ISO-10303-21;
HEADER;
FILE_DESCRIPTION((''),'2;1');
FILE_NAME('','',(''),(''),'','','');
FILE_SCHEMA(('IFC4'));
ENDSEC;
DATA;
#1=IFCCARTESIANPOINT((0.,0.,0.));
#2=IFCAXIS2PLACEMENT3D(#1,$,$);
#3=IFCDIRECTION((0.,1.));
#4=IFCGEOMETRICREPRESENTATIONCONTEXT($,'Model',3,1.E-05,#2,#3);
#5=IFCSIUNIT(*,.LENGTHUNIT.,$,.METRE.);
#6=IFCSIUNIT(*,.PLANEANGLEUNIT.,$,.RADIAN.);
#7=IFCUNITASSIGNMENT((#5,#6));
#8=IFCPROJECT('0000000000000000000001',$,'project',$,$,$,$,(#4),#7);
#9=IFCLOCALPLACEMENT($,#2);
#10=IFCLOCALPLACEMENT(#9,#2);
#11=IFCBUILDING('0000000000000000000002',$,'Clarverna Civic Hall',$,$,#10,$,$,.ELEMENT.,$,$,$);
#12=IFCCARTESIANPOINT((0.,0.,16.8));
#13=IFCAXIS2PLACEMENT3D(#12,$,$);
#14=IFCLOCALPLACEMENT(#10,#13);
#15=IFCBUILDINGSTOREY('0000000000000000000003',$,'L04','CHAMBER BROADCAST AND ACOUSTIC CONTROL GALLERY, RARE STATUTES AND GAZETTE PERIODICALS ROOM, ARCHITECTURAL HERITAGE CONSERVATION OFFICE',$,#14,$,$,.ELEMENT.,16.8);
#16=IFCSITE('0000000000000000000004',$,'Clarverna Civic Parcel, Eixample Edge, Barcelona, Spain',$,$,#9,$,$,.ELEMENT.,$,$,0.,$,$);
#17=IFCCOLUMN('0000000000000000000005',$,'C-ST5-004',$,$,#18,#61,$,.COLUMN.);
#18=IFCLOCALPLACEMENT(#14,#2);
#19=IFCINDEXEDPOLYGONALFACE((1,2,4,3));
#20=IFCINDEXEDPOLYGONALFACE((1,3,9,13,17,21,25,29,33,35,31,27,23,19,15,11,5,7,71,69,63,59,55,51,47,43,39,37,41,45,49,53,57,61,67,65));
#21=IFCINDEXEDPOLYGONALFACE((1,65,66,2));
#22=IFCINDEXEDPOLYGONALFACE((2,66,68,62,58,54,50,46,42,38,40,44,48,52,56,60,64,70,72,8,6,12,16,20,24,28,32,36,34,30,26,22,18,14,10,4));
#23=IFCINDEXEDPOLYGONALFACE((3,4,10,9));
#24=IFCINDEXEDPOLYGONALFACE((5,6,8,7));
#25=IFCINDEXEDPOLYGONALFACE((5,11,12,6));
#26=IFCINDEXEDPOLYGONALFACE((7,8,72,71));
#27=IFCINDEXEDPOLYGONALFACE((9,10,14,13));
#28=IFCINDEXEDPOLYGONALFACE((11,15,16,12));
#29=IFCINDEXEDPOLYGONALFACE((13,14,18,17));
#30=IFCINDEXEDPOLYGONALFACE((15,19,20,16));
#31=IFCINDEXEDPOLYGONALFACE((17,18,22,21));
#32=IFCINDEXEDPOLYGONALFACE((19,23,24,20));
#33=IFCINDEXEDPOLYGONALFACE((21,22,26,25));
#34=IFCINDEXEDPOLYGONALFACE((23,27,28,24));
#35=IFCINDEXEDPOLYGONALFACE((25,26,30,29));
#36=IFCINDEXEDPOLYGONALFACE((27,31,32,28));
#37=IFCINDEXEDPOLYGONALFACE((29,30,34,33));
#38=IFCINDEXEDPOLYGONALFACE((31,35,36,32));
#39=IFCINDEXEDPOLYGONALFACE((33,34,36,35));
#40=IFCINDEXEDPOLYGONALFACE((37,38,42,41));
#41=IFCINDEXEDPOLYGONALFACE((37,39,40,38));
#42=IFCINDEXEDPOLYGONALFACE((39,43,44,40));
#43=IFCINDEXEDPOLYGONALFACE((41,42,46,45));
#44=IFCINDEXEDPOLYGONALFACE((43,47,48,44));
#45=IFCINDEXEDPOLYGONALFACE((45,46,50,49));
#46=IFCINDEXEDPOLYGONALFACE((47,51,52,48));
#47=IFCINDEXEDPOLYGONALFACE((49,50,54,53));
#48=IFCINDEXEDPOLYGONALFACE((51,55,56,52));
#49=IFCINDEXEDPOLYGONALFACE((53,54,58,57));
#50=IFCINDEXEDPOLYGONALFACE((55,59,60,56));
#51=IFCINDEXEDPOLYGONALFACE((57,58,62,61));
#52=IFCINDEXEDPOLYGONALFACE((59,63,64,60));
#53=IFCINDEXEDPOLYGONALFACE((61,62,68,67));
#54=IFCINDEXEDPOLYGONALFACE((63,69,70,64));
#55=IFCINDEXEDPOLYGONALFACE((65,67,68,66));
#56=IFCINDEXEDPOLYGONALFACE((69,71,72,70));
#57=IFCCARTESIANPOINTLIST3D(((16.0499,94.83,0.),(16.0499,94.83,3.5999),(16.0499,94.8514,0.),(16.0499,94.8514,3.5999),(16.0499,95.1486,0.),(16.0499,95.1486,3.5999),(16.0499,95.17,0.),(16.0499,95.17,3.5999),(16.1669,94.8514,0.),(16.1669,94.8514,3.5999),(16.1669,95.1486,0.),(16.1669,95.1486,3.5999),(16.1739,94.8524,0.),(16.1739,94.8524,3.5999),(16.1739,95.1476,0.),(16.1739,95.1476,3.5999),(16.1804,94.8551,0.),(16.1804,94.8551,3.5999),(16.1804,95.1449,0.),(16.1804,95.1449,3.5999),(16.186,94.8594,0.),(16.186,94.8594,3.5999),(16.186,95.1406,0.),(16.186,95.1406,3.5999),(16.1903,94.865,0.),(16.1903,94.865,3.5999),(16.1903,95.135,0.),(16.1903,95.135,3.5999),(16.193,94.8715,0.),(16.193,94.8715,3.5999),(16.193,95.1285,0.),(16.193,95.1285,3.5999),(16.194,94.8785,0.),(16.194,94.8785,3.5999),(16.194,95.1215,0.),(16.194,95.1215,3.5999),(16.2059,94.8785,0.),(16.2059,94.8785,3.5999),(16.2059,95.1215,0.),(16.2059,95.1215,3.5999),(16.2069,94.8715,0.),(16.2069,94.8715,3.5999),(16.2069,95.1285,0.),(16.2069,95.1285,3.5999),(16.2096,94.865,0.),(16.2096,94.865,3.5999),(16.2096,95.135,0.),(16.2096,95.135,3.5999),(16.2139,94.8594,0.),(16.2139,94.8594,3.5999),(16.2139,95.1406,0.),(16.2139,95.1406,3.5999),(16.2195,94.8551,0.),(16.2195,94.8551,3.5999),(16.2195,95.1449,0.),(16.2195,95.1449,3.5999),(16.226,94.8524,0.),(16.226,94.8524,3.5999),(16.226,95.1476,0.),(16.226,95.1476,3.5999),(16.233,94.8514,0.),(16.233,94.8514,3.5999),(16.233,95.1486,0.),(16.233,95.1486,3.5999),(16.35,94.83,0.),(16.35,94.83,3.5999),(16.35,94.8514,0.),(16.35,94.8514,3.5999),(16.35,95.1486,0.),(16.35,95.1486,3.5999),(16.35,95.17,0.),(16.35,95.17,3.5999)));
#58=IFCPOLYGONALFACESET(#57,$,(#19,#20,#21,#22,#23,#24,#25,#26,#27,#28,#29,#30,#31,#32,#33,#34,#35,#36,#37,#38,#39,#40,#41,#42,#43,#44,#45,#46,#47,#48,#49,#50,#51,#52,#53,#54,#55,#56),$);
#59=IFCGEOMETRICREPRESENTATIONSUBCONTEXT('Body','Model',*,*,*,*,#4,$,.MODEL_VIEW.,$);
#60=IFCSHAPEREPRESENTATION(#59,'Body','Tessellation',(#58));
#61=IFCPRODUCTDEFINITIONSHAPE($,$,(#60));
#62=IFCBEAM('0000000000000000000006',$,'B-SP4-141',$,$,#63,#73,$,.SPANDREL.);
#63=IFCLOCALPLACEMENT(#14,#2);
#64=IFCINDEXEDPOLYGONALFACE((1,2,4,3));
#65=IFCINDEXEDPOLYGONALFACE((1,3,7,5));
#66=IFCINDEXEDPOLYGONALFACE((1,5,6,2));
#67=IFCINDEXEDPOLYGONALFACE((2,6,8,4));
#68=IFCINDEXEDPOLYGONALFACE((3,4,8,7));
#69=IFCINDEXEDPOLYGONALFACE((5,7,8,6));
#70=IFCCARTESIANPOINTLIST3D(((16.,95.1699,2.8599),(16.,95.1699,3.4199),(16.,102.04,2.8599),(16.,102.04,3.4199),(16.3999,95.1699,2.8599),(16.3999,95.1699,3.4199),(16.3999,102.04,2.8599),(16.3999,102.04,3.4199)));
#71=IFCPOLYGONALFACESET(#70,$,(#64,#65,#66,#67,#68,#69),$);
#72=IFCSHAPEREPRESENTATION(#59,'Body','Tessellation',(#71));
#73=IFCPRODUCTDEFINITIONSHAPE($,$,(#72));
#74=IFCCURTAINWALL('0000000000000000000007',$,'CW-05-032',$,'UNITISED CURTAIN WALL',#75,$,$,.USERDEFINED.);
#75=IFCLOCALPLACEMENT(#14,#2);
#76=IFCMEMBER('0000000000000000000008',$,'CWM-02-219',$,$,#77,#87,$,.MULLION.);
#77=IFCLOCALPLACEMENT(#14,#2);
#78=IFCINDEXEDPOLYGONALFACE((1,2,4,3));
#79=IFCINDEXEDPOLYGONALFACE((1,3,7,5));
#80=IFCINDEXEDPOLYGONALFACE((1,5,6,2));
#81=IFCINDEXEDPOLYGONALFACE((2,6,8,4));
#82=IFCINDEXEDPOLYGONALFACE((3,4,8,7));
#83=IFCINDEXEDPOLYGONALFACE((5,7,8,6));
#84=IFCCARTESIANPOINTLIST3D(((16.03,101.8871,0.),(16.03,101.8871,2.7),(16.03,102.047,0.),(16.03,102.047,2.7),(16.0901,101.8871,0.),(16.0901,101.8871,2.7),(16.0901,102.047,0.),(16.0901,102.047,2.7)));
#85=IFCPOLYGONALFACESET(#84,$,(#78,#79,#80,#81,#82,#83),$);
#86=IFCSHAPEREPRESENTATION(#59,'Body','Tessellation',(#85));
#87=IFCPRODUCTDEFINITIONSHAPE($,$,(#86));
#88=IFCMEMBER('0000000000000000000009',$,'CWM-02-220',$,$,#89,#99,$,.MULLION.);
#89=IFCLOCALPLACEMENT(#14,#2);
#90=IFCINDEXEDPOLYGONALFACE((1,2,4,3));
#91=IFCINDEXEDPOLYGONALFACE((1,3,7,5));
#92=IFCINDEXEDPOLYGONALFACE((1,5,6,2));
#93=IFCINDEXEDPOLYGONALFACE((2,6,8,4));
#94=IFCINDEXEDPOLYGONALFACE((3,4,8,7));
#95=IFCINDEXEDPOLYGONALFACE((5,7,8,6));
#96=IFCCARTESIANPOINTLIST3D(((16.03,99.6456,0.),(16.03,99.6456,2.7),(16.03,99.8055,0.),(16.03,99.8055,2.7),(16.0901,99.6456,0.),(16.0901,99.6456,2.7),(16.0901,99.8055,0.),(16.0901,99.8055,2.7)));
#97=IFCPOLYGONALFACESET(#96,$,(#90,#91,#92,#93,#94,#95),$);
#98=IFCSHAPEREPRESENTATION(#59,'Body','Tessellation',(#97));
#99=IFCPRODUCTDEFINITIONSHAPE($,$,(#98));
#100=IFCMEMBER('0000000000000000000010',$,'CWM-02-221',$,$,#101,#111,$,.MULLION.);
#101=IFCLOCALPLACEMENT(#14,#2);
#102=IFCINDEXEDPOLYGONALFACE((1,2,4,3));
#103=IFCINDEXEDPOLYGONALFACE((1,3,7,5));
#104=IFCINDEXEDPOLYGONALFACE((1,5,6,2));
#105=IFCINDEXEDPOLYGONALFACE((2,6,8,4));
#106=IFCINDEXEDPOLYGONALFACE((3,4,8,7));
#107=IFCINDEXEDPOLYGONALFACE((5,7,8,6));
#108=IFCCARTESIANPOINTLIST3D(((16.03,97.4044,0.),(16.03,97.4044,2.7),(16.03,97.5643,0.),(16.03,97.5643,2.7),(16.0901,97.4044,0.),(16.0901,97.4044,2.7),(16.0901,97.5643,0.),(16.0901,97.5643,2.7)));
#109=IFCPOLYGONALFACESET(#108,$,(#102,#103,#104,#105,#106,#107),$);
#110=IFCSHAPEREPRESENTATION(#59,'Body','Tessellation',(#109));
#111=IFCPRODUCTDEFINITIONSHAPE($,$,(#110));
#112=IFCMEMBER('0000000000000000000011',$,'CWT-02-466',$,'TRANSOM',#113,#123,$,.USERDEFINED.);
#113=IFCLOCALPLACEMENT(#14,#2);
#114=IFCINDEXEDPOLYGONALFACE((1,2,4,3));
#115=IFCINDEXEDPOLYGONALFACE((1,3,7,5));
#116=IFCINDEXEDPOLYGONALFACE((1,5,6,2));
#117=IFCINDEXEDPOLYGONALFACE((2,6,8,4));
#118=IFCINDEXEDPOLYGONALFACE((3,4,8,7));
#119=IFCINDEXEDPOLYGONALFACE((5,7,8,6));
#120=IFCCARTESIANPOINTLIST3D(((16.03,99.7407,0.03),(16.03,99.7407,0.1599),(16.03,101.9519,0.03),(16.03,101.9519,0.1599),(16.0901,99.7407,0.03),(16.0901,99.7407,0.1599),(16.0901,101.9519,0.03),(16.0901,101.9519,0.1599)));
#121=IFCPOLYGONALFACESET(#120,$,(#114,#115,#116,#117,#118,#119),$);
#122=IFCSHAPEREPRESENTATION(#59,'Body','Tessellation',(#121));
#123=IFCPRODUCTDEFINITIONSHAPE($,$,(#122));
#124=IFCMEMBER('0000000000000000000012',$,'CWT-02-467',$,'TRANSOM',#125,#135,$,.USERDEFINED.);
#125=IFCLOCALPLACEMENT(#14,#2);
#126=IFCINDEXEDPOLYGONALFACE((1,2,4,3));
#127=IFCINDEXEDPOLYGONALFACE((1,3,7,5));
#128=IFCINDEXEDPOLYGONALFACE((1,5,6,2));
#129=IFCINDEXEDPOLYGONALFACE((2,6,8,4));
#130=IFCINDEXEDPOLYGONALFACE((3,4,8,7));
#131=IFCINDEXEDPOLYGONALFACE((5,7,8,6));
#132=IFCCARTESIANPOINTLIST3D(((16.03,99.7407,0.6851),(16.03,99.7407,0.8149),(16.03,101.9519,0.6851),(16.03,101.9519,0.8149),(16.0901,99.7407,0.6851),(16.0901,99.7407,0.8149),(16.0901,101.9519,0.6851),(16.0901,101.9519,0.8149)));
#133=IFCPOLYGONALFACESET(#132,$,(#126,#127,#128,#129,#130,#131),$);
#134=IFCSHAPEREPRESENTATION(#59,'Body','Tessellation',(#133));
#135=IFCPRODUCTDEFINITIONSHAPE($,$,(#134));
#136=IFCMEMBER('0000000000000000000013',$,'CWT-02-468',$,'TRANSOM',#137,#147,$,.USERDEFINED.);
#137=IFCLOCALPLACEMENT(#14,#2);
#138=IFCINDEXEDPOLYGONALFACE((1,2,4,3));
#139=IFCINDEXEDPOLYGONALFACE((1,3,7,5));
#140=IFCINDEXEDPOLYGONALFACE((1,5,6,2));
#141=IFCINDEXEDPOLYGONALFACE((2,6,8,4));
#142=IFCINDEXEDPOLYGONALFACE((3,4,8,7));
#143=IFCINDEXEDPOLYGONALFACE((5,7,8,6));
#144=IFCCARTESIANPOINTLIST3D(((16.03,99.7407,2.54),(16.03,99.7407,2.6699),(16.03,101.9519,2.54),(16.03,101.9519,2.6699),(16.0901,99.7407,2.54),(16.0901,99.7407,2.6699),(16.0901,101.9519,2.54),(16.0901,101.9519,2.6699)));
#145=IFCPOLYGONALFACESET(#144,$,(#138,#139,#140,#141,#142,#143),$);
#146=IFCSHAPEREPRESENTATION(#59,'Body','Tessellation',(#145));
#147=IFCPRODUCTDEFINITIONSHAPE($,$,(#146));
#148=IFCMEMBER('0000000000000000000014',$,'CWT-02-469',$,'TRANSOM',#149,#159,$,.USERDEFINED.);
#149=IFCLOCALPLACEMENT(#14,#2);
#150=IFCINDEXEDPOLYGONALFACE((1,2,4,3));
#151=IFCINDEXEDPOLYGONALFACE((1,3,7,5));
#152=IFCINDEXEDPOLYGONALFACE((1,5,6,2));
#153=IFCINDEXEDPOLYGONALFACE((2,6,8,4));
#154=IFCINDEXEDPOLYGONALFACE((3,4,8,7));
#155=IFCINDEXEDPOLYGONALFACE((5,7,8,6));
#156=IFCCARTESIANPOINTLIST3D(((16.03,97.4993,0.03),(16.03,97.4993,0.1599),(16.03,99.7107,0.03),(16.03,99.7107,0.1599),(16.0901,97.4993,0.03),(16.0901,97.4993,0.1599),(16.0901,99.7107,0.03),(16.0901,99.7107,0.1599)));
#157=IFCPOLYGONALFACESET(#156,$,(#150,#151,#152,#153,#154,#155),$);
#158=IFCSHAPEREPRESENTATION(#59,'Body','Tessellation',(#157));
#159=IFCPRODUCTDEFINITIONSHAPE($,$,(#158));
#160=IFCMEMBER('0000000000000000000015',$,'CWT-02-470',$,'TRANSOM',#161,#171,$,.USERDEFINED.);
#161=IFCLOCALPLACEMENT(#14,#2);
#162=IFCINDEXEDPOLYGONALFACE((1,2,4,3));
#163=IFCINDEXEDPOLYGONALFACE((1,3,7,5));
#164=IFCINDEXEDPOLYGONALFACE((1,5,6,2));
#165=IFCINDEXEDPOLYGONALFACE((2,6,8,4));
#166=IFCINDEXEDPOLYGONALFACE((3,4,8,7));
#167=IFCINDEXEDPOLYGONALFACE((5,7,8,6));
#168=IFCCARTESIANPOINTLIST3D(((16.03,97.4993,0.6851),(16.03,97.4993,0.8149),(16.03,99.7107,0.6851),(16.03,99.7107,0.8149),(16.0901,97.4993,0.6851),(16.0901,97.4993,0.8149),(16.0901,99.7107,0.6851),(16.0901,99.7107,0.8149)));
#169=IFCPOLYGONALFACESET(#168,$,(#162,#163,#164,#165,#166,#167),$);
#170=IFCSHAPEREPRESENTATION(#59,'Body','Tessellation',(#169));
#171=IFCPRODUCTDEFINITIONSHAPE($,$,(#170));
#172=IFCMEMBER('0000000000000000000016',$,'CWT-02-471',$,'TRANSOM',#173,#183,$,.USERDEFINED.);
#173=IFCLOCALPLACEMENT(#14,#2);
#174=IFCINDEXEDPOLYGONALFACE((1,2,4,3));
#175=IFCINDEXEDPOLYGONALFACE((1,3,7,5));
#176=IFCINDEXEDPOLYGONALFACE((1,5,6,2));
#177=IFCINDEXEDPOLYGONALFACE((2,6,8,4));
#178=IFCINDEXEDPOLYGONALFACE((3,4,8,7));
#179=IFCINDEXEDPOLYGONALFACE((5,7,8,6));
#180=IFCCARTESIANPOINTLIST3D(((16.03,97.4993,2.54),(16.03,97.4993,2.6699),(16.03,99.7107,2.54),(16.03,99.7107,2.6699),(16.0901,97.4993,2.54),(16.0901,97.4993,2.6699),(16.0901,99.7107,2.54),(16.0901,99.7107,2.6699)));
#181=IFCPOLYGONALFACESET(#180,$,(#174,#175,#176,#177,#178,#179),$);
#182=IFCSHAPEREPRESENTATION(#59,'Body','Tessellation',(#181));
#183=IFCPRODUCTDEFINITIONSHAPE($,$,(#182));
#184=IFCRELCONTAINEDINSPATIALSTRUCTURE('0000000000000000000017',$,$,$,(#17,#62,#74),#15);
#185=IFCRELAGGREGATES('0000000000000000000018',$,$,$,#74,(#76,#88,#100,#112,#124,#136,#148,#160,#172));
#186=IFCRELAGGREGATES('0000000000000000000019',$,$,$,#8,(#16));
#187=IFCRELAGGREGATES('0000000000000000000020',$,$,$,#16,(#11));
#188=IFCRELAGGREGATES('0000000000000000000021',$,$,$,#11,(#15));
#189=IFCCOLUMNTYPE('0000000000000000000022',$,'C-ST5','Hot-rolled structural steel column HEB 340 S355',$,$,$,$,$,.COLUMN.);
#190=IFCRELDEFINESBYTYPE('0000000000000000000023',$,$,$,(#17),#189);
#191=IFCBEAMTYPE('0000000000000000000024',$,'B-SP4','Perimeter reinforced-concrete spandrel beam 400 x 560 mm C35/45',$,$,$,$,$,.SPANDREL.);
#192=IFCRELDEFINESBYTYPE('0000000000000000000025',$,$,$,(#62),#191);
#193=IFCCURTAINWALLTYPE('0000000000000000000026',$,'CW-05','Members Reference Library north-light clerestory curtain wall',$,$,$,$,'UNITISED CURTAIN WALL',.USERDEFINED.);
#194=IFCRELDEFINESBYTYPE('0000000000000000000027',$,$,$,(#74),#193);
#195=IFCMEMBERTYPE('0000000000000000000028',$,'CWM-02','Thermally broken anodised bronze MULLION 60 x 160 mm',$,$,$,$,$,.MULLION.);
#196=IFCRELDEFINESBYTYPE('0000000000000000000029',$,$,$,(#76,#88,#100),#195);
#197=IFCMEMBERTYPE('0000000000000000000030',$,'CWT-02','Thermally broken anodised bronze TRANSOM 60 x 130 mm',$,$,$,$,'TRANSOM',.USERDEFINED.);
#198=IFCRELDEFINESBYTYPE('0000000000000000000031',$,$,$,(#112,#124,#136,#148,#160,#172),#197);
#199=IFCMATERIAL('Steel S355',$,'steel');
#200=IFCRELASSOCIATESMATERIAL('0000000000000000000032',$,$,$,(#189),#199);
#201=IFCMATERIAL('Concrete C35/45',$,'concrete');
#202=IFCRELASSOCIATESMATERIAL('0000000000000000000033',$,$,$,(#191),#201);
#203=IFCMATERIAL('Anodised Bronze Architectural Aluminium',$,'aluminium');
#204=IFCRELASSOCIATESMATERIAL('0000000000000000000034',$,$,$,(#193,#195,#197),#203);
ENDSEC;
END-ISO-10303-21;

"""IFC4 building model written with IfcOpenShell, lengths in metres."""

from ifc_helpers import new_model, si_unit, direction, frame, origin, origin_2d, place, context, subcontext, project, spatial, rectangle, i_section, extrude, material, material_profile, profile_set, type_object, element, aggregate, save


model = new_model("IFC4")

# Units and contexts
model_context = context("Model", 3, precision=1e-05, world=origin(), true_north=direction((0.0, 1.0)))
body_context = subcontext(model_context, "Body", "Model", "MODEL_VIEW")
ifc_project = project(units=[si_unit("LENGTHUNIT", "METRE"), si_unit("PLANEANGLEUNIT", "RADIAN")], contexts=[model_context])

# Site, building, storey
site_placement = place(None, origin())
site = spatial("IfcSite", under=ifc_project, at=site_placement, Name="Clarverna Civic Parcel, Eixample Edge, Barcelona, Spain", CompositionType="ELEMENT", RefElevation=0.0)
building_placement = place(site_placement, origin())
building = spatial("IfcBuilding", under=site, at=building_placement, Name="Clarverna Civic Hall", CompositionType="ELEMENT")
storey_placement = place(building_placement, frame((0.0, 0.0, 16.8)))
storey = spatial("IfcBuildingStorey", under=building, at=storey_placement, Name="L04", Description="CHAMBER BROADCAST AND ACOUSTIC CONTROL GALLERY, RARE STATUTES AND GAZETTE PERIODICALS ROOM, ARCHITECTURAL HERITAGE CONSERVATION OFFICE", CompositionType="ELEMENT", Elevation=16.8)

# Column
ifc_material_1 = material(Name="Steel S355", Category="steel")
ifc_material_profile_1 = material_profile(ifc_material_1, i_section(OverallWidth=0.3, OverallDepth=0.3401, WebThickness=0.012, FlangeThickness=0.0215, FilletRadius=0.0271, at=origin_2d()), Name="HEB 340")
ifc_profile_set_1 = profile_set([ifc_material_profile_1], Name="Steel S355")
column_type = type_object("IfcColumnType", Name="C-ST5", Description="Hot-rolled structural steel column HEB 340 S355", PredefinedType="COLUMN", material=ifc_profile_set_1)
column_placement = place(storey_placement, frame((16.2, 95.0, 0.0), z_axis=(0.0, 0.0, 1.0), x_axis=(1.0, 0.0, 0.0)))
element("IfcColumn", 1, at=column_placement, inside=storey, type_object=column_type, Name="C-ST5-004", PredefinedType="COLUMN", context=body_context, shape_type="SweptSolid", body=[
    extrude(i_section(OverallWidth=0.3, OverallDepth=0.3401, WebThickness=0.012, FlangeThickness=0.0215, FilletRadius=0.0271, at=origin_2d()), origin(), (0.0, 0.0, 1.0), 3.5999),
])

# Beam
ifc_material_2 = material(Name="Concrete C35/45", Category="concrete")
ifc_material_profile_2 = material_profile(ifc_material_2, rectangle(XDim=0.3999, YDim=0.5601, at=origin_2d()), Name="RC 400x560")
ifc_profile_set_2 = profile_set([ifc_material_profile_2], Name="Concrete C35/45")
beam_type = type_object("IfcBeamType", Name="B-SP4", Description="Perimeter reinforced-concrete spandrel beam 400 x 560 mm C35/45", PredefinedType="SPANDREL", material=ifc_profile_set_2)
beam_placement = place(storey_placement, frame((16.2, 95.1699, 3.1399), z_axis=(0.0, 1.0, 0.0), x_axis=(-1.0, 0.0, 0.0)))
element("IfcBeam", 2, at=beam_placement, inside=storey, type_object=beam_type, Name="B-SP4-141", PredefinedType="SPANDREL", context=body_context, shape_type="SweptSolid", body=[
    extrude(rectangle(XDim=0.3999, YDim=0.5601, at=origin_2d()), origin(), (0.0, 0.0, 1.0), 6.8701),
])

# Curtain wall, members
ifc_material_3 = material(Name="Anodised Bronze Architectural Aluminium", Category="aluminium")
curtain_wall_type = type_object("IfcCurtainWallType", Name="CW-05", Description="Members Reference Library north-light clerestory curtain wall", ElementType="UNITISED CURTAIN WALL", PredefinedType="USERDEFINED", material=ifc_material_3)
curtain_wall_placement = place(storey_placement, origin())
curtain_wall = element("IfcCurtainWall", 3, at=curtain_wall_placement, inside=storey, type_object=curtain_wall_type, Name="CW-05-032", ObjectType="UNITISED CURTAIN WALL", PredefinedType="USERDEFINED")
ifc_material_profile_3 = material_profile(ifc_material_3, rectangle(XDim=0.0601, YDim=0.1599, at=origin_2d()), Name="BRONZE 60x160")
ifc_profile_set_3 = profile_set([ifc_material_profile_3], Name="Anodised Bronze Architectural Aluminium")
member_type_1 = type_object("IfcMemberType", Name="CWM-02", Description="Thermally broken anodised bronze MULLION 60 x 160 mm", PredefinedType="MULLION", material=ifc_profile_set_3)
member_1_placement = place(storey_placement, frame((16.0601, 101.967, 0.0), z_axis=(0.0, 0.0, 1.0), x_axis=(1.0, 0.0, 0.0)))
member_1 = element("IfcMember", 4, at=member_1_placement, type_object=member_type_1, Name="CWM-02-219", PredefinedType="MULLION", context=body_context, shape_type="SweptSolid", body=[
    extrude(rectangle(XDim=0.0601, YDim=0.1599, at=origin_2d()), origin(), (0.0, 0.0, 1.0), 2.7),
])
member_2_placement = place(storey_placement, frame((16.0601, 99.7256, 0.0), z_axis=(0.0, 0.0, 1.0), x_axis=(1.0, 0.0, 0.0)))
member_2 = element("IfcMember", 5, at=member_2_placement, type_object=member_type_1, Name="CWM-02-220", PredefinedType="MULLION", context=body_context, shape_type="SweptSolid", body=[
    extrude(rectangle(XDim=0.0601, YDim=0.1599, at=origin_2d()), origin(), (0.0, 0.0, 1.0), 2.7),
])
member_3_placement = place(storey_placement, frame((16.0601, 97.4844, 0.0), z_axis=(0.0, 0.0, 1.0), x_axis=(1.0, 0.0, 0.0)))
member_3 = element("IfcMember", 6, at=member_3_placement, type_object=member_type_1, Name="CWM-02-221", PredefinedType="MULLION", context=body_context, shape_type="SweptSolid", body=[
    extrude(rectangle(XDim=0.0601, YDim=0.1599, at=origin_2d()), origin(), (0.0, 0.0, 1.0), 2.7),
])
ifc_material_profile_4 = material_profile(ifc_material_3, rectangle(XDim=0.0601, YDim=0.1299, at=origin_2d()), Name="BRONZE 60x130")
ifc_profile_set_4 = profile_set([ifc_material_profile_4], Name="Anodised Bronze Architectural Aluminium")
member_type_2 = type_object("IfcMemberType", Name="CWT-02", Description="Thermally broken anodised bronze TRANSOM 60 x 130 mm", ElementType="TRANSOM", PredefinedType="USERDEFINED", material=ifc_profile_set_4)
member_4_placement = place(storey_placement, frame((16.0601, 101.9519, 0.095), z_axis=(0.0, -1.0, 0.0), x_axis=(1.0, 0.0, 0.0)))
member_4 = element("IfcMember", 7, at=member_4_placement, type_object=member_type_2, Name="CWT-02-466", ObjectType="TRANSOM", PredefinedType="USERDEFINED", context=body_context, shape_type="SweptSolid", body=[
    extrude(rectangle(XDim=0.0601, YDim=0.1299, at=origin_2d()), origin(), (0.0, 0.0, 1.0), 2.2112),
])
member_5_placement = place(storey_placement, frame((16.0601, 101.9519, 0.75), z_axis=(0.0, -1.0, 0.0), x_axis=(1.0, 0.0, 0.0)))
member_5 = element("IfcMember", 8, at=member_5_placement, type_object=member_type_2, Name="CWT-02-467", ObjectType="TRANSOM", PredefinedType="USERDEFINED", context=body_context, shape_type="SweptSolid", body=[
    extrude(rectangle(XDim=0.0601, YDim=0.1299, at=origin_2d()), origin(), (0.0, 0.0, 1.0), 2.2112),
])
member_6_placement = place(storey_placement, frame((16.0601, 101.9519, 2.605), z_axis=(0.0, -1.0, 0.0), x_axis=(1.0, 0.0, 0.0)))
member_6 = element("IfcMember", 9, at=member_6_placement, type_object=member_type_2, Name="CWT-02-468", ObjectType="TRANSOM", PredefinedType="USERDEFINED", context=body_context, shape_type="SweptSolid", body=[
    extrude(rectangle(XDim=0.0601, YDim=0.1299, at=origin_2d()), origin(), (0.0, 0.0, 1.0), 2.2112),
])
member_7_placement = place(storey_placement, frame((16.0601, 99.7107, 0.095), z_axis=(0.0, -1.0, 0.0), x_axis=(1.0, 0.0, 0.0)))
member_7 = element("IfcMember", 10, at=member_7_placement, type_object=member_type_2, Name="CWT-02-469", ObjectType="TRANSOM", PredefinedType="USERDEFINED", context=body_context, shape_type="SweptSolid", body=[
    extrude(rectangle(XDim=0.0601, YDim=0.1299, at=origin_2d()), origin(), (0.0, 0.0, 1.0), 2.2114),
])
member_8_placement = place(storey_placement, frame((16.0601, 99.7107, 0.75), z_axis=(0.0, -1.0, 0.0), x_axis=(1.0, 0.0, 0.0)))
member_8 = element("IfcMember", 11, at=member_8_placement, type_object=member_type_2, Name="CWT-02-470", ObjectType="TRANSOM", PredefinedType="USERDEFINED", context=body_context, shape_type="SweptSolid", body=[
    extrude(rectangle(XDim=0.0601, YDim=0.1299, at=origin_2d()), origin(), (0.0, 0.0, 1.0), 2.2114),
])
member_9_placement = place(storey_placement, frame((16.0601, 99.7107, 2.605), z_axis=(0.0, -1.0, 0.0), x_axis=(1.0, 0.0, 0.0)))
member_9 = element("IfcMember", 12, at=member_9_placement, type_object=member_type_2, Name="CWT-02-471", ObjectType="TRANSOM", PredefinedType="USERDEFINED", context=body_context, shape_type="SweptSolid", body=[
    extrude(rectangle(XDim=0.0601, YDim=0.1299, at=origin_2d()), origin(), (0.0, 0.0, 1.0), 2.2114),
])
aggregate(curtain_wall, [member_1, member_2, member_3, member_4, member_5, member_6, member_7, member_8, member_9])

save(model, "model.ifc")
